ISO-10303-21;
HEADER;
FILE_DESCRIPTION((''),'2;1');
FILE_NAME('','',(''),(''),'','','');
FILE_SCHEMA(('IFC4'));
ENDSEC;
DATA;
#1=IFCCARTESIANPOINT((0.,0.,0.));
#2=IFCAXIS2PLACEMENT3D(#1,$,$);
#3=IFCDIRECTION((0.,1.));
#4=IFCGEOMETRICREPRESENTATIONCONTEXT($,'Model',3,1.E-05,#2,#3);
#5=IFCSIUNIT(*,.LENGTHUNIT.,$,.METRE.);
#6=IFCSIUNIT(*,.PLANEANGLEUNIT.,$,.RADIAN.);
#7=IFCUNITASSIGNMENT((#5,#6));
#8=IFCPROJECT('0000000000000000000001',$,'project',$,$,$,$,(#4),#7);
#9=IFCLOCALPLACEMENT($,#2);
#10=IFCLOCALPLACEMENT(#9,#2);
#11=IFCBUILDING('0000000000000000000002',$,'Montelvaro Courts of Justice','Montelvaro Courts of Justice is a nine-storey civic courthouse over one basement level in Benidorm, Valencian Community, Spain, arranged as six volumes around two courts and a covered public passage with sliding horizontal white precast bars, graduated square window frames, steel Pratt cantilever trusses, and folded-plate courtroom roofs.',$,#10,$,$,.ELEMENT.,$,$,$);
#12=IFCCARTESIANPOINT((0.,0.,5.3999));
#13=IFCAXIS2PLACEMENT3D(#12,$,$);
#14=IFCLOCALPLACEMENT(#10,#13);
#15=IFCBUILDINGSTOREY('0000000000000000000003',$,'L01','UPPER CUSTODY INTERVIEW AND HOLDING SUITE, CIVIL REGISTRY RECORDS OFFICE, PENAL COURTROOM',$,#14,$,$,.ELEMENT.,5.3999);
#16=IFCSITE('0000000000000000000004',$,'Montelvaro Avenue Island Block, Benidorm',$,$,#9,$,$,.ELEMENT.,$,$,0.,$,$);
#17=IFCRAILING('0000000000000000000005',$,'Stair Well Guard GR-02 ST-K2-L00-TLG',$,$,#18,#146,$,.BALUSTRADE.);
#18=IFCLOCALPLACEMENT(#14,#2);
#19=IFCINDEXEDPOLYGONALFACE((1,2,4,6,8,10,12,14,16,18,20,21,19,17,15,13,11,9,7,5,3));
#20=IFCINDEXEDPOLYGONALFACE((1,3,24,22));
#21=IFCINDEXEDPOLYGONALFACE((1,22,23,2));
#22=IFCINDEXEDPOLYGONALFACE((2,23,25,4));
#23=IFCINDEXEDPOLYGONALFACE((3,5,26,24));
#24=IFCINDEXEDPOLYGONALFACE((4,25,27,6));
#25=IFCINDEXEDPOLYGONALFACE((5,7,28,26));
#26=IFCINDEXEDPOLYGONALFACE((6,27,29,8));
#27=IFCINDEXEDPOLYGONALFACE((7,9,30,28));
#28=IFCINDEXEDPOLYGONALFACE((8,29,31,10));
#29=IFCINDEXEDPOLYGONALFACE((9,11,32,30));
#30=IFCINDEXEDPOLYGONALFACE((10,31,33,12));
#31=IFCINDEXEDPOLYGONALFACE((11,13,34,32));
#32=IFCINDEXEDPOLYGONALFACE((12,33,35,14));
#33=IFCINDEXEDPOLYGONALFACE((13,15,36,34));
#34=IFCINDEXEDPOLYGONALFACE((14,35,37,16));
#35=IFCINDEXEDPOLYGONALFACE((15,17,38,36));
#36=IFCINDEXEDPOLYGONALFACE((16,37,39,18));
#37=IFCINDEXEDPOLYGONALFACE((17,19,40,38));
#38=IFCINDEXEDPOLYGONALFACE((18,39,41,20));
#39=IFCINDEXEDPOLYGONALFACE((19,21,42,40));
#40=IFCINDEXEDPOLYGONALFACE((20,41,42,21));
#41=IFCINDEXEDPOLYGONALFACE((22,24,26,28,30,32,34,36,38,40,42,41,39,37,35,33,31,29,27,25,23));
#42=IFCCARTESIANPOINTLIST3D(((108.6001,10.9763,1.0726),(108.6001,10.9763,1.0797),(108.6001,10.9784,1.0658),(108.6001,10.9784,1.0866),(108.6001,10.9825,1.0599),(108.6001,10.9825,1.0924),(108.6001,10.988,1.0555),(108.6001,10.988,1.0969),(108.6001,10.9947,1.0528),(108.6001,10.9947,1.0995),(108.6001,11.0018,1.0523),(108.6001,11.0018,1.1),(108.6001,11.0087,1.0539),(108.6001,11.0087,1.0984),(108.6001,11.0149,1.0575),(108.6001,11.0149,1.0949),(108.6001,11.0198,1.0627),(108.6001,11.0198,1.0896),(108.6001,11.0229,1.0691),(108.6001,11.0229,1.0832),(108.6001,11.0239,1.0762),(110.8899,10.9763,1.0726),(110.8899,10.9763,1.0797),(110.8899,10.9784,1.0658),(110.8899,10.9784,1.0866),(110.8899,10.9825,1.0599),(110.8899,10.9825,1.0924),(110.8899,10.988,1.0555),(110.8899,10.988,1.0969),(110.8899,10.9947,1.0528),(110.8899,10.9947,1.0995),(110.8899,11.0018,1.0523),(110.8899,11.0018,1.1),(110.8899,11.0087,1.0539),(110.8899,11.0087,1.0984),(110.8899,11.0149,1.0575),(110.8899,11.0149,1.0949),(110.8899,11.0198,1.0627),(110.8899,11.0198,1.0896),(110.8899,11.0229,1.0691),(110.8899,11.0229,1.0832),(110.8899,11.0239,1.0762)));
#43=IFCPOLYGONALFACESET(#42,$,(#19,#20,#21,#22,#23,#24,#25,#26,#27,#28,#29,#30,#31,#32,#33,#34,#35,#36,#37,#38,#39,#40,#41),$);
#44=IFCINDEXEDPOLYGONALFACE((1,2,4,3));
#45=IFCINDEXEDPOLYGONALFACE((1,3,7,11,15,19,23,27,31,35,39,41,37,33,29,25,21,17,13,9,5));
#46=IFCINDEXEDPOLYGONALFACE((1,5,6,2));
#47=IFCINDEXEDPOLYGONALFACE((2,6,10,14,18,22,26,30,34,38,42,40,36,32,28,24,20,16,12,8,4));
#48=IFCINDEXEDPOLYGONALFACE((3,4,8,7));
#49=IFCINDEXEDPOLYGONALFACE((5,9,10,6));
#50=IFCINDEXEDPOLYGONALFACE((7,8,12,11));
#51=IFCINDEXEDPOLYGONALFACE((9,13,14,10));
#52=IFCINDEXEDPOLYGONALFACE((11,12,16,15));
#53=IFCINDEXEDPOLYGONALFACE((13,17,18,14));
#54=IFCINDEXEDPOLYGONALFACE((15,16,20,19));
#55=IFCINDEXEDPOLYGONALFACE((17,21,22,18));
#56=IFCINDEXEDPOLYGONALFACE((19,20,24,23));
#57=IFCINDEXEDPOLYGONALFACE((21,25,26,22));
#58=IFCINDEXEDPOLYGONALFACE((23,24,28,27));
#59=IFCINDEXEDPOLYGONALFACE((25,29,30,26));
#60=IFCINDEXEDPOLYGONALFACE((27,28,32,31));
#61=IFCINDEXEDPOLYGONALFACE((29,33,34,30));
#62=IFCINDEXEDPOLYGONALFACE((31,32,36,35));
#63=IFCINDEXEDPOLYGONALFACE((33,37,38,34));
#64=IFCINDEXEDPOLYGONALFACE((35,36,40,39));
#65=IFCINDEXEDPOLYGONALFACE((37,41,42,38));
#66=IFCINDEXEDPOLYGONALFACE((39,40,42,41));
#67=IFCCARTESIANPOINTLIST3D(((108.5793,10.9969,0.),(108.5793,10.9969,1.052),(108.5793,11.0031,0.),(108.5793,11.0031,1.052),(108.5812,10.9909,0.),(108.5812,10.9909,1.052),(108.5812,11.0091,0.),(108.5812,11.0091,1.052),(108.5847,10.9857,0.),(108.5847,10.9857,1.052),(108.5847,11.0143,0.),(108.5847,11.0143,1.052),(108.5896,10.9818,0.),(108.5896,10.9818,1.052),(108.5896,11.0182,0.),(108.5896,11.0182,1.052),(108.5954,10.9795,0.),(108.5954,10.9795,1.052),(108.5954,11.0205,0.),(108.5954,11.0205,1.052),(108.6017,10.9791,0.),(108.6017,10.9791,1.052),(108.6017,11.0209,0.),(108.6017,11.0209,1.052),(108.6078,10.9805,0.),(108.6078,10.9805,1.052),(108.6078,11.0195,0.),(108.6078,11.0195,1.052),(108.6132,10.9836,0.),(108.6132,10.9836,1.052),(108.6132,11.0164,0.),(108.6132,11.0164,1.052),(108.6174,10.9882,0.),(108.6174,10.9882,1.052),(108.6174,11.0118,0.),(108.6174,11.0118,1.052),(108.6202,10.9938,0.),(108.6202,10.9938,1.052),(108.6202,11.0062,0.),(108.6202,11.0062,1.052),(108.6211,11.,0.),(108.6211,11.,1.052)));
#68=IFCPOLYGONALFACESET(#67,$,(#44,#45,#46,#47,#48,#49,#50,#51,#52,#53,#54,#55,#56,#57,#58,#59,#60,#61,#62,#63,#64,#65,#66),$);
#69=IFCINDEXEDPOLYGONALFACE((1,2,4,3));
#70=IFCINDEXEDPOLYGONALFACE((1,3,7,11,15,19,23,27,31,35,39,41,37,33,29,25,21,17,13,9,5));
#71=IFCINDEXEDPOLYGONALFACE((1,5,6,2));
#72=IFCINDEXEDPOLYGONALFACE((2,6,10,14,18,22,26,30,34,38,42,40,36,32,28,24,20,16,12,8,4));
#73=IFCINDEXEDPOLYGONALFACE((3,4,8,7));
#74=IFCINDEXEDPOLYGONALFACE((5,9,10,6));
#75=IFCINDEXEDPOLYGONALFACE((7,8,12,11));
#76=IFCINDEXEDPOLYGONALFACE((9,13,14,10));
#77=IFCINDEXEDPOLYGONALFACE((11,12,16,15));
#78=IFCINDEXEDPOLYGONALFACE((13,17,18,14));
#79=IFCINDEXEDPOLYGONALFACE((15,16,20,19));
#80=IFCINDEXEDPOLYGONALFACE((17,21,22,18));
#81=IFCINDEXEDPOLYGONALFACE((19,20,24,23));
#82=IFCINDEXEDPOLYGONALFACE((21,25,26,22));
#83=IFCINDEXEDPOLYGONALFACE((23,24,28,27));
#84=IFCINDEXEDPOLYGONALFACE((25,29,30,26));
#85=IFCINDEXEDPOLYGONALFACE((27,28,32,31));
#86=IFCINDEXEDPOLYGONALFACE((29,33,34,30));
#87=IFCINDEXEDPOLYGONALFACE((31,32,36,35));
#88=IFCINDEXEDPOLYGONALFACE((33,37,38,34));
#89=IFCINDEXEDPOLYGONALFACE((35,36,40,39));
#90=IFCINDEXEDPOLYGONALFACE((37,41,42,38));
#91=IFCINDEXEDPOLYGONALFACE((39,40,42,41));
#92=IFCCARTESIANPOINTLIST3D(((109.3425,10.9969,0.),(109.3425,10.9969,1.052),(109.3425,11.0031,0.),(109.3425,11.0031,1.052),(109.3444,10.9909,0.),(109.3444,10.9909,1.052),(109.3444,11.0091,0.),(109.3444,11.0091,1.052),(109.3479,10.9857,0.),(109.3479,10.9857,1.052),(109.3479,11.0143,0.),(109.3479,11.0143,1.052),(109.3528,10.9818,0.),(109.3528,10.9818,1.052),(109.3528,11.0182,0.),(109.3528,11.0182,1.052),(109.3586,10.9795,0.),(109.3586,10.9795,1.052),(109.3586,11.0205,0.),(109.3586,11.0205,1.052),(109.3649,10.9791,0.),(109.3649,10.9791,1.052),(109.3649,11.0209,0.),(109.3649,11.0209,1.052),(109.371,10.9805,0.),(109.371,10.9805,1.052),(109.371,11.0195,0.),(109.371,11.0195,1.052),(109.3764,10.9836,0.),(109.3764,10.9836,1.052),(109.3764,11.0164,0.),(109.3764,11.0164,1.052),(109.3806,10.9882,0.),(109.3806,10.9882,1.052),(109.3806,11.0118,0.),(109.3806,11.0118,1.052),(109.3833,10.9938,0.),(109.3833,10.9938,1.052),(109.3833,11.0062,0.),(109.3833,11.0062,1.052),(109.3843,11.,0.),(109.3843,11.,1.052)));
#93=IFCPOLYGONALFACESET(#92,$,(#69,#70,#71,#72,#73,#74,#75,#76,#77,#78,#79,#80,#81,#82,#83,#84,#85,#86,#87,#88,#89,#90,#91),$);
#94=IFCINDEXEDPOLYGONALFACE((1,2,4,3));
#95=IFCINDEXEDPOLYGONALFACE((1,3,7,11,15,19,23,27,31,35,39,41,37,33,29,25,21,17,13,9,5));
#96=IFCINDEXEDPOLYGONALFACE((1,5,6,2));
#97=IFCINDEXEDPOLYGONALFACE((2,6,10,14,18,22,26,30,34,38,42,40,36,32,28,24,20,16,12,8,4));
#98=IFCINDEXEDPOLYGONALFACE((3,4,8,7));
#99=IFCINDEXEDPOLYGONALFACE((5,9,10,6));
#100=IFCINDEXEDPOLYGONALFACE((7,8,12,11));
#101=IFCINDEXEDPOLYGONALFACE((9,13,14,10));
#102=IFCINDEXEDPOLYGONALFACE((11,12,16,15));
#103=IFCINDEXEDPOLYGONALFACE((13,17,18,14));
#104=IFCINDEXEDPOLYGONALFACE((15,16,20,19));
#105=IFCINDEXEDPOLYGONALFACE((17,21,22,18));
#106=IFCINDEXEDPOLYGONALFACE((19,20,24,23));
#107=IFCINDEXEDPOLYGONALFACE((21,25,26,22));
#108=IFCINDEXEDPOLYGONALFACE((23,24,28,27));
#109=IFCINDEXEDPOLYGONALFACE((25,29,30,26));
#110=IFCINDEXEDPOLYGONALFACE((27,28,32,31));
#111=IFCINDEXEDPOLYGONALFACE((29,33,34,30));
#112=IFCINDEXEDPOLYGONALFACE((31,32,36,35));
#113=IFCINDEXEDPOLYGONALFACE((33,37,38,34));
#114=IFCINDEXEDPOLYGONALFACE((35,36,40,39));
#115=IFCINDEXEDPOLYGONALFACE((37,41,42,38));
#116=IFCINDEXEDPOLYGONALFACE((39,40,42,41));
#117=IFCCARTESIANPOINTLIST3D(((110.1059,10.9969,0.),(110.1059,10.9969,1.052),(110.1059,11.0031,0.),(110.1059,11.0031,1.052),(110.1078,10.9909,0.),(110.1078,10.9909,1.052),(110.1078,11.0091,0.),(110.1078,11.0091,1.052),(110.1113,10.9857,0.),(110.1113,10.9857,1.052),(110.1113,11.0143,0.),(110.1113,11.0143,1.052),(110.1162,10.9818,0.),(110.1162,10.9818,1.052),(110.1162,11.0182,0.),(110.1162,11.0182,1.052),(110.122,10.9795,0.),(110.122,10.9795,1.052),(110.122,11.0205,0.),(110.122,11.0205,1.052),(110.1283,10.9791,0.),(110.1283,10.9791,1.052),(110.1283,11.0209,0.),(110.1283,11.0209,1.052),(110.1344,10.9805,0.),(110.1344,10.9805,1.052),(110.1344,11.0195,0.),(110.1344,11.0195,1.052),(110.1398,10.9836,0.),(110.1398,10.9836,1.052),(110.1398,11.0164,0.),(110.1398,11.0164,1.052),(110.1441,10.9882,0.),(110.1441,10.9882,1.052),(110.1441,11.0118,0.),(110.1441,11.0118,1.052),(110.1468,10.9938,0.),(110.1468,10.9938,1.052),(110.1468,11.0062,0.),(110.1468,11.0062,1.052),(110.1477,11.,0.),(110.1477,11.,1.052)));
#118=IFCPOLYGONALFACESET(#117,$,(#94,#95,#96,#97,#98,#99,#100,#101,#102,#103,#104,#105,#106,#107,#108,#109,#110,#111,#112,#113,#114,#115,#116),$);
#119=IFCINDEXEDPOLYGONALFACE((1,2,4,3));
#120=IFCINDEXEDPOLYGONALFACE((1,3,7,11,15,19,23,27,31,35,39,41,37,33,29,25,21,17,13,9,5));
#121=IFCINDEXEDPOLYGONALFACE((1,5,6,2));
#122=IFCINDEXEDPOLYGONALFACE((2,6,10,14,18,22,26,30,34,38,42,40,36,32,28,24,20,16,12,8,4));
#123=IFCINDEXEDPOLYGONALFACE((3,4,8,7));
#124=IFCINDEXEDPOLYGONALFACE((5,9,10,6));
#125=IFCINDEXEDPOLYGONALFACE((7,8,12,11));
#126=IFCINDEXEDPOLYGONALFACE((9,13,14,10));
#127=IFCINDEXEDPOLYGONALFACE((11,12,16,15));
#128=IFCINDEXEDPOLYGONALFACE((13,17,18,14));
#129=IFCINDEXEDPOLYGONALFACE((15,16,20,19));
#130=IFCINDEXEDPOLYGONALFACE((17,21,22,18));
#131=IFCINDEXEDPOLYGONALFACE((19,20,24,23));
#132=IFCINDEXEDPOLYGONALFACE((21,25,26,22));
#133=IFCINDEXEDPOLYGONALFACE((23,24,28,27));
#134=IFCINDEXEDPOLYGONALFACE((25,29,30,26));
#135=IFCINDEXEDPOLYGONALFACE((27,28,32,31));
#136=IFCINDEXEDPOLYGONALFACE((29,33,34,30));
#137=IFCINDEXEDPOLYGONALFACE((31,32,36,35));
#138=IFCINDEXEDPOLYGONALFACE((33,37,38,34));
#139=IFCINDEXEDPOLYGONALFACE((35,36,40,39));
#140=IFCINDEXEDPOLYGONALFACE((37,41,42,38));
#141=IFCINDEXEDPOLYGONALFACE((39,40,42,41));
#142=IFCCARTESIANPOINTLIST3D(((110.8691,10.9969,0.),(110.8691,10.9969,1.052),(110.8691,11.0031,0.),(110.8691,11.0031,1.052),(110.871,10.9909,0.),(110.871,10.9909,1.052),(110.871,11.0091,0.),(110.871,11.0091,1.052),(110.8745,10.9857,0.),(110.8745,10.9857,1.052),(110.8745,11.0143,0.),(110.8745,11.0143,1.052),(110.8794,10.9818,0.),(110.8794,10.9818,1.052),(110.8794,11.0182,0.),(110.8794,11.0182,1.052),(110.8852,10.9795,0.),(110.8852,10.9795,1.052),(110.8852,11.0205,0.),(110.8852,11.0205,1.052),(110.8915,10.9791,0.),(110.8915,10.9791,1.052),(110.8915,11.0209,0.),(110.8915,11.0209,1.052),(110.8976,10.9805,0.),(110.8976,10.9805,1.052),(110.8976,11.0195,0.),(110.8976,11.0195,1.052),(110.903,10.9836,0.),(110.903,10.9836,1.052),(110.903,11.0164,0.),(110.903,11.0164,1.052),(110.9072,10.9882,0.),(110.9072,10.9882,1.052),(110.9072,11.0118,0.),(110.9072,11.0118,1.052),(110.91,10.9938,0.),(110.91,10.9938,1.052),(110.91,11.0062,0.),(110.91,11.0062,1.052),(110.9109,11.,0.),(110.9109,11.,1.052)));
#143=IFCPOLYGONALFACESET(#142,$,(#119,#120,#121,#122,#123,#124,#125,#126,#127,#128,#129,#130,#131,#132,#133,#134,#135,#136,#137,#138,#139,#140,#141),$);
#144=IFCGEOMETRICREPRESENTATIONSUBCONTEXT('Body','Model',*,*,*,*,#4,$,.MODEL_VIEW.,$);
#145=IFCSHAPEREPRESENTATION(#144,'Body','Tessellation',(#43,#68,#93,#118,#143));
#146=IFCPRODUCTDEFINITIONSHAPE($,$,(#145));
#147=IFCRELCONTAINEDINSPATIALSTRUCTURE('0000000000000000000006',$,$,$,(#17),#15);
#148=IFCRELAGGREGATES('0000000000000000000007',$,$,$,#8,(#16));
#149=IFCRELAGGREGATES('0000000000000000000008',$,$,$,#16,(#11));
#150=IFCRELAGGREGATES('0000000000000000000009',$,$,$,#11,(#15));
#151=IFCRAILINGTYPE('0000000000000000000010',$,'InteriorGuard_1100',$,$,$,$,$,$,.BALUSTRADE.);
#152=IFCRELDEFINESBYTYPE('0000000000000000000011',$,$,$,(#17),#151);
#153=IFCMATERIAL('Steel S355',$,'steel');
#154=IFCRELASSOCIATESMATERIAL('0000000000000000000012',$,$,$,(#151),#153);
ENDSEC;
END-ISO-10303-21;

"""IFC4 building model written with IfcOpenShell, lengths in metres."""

from ifc_helpers import new_model, si_unit, direction, frame, origin, origin_2d, place, context, subcontext, project, spatial, circle, extrude, material, type_object, element, save


model = new_model("IFC4")

# Units and contexts
model_context = context("Model", 3, precision=1e-05, world=origin(), true_north=direction((0.0, 1.0)))
body_context = subcontext(model_context, "Body", "Model", "MODEL_VIEW")
ifc_project = project(units=[si_unit("LENGTHUNIT", "METRE"), si_unit("PLANEANGLEUNIT", "RADIAN")], contexts=[model_context])

# Site, building, storey
site_placement = place(None, origin())
site = spatial("IfcSite", under=ifc_project, at=site_placement, Name="Montelvaro Avenue Island Block, Benidorm", CompositionType="ELEMENT", RefElevation=0.0)
building_placement = place(site_placement, origin())
building = spatial("IfcBuilding", under=site, at=building_placement, Name="Montelvaro Courts of Justice", Description="Montelvaro Courts of Justice is a nine-storey civic courthouse over one basement level in Benidorm, Valencian Community, Spain, arranged as six volumes around two courts and a covered public passage with sliding horizontal white precast bars, graduated square window frames, steel Pratt cantilever trusses, and folded-plate courtroom roofs.", CompositionType="ELEMENT")
storey_placement = place(building_placement, frame((0.0, 0.0, 5.3999)))
storey = spatial("IfcBuildingStorey", under=building, at=storey_placement, Name="L01", Description="UPPER CUSTODY INTERVIEW AND HOLDING SUITE, CIVIL REGISTRY RECORDS OFFICE, PENAL COURTROOM", CompositionType="ELEMENT", Elevation=5.3999)

# Shared definitions
ifc_material_1 = material(Name="Steel S355", Category="steel")

# Railing
railing_type_1 = type_object("IfcRailingType", Name="InteriorGuard_1100", PredefinedType="BALUSTRADE", material=ifc_material_1)
railing_1_placement = place(storey_placement, frame((108.6001, 11.0, 0.0)))
element("IfcRailing", 1, at=railing_1_placement, inside=storey, type_object=railing_type_1, Name="Stair Well Guard GR-02 ST-K2-L00-TLG", PredefinedType="BALUSTRADE", context=body_context, shape_type="SweptSolid", body=[
    extrude(circle(Radius=0.0239, at=origin_2d()), frame((0.0, 0.0, 1.0762), z_axis=(1.0, 0.0, 0.0), x_axis=(0.0, 1.0, 0.0)), (0.0, 0.0, 1.0), 2.2898),
    extrude(circle(Radius=0.021, at=origin_2d()), origin(), (0.0, 0.0, 1.0), 1.052),
    extrude(circle(Radius=0.021, at=origin_2d()), frame((0.7632, 0.0, 0.0)), (0.0, 0.0, 1.0), 1.052),
    extrude(circle(Radius=0.021, at=origin_2d()), frame((1.5266, 0.0, 0.0)), (0.0, 0.0, 1.0), 1.052),
    extrude(circle(Radius=0.021, at=origin_2d()), frame((2.2898, 0.0, 0.0)), (0.0, 0.0, 1.0), 1.052),
])

save(model, "model.ifc")
